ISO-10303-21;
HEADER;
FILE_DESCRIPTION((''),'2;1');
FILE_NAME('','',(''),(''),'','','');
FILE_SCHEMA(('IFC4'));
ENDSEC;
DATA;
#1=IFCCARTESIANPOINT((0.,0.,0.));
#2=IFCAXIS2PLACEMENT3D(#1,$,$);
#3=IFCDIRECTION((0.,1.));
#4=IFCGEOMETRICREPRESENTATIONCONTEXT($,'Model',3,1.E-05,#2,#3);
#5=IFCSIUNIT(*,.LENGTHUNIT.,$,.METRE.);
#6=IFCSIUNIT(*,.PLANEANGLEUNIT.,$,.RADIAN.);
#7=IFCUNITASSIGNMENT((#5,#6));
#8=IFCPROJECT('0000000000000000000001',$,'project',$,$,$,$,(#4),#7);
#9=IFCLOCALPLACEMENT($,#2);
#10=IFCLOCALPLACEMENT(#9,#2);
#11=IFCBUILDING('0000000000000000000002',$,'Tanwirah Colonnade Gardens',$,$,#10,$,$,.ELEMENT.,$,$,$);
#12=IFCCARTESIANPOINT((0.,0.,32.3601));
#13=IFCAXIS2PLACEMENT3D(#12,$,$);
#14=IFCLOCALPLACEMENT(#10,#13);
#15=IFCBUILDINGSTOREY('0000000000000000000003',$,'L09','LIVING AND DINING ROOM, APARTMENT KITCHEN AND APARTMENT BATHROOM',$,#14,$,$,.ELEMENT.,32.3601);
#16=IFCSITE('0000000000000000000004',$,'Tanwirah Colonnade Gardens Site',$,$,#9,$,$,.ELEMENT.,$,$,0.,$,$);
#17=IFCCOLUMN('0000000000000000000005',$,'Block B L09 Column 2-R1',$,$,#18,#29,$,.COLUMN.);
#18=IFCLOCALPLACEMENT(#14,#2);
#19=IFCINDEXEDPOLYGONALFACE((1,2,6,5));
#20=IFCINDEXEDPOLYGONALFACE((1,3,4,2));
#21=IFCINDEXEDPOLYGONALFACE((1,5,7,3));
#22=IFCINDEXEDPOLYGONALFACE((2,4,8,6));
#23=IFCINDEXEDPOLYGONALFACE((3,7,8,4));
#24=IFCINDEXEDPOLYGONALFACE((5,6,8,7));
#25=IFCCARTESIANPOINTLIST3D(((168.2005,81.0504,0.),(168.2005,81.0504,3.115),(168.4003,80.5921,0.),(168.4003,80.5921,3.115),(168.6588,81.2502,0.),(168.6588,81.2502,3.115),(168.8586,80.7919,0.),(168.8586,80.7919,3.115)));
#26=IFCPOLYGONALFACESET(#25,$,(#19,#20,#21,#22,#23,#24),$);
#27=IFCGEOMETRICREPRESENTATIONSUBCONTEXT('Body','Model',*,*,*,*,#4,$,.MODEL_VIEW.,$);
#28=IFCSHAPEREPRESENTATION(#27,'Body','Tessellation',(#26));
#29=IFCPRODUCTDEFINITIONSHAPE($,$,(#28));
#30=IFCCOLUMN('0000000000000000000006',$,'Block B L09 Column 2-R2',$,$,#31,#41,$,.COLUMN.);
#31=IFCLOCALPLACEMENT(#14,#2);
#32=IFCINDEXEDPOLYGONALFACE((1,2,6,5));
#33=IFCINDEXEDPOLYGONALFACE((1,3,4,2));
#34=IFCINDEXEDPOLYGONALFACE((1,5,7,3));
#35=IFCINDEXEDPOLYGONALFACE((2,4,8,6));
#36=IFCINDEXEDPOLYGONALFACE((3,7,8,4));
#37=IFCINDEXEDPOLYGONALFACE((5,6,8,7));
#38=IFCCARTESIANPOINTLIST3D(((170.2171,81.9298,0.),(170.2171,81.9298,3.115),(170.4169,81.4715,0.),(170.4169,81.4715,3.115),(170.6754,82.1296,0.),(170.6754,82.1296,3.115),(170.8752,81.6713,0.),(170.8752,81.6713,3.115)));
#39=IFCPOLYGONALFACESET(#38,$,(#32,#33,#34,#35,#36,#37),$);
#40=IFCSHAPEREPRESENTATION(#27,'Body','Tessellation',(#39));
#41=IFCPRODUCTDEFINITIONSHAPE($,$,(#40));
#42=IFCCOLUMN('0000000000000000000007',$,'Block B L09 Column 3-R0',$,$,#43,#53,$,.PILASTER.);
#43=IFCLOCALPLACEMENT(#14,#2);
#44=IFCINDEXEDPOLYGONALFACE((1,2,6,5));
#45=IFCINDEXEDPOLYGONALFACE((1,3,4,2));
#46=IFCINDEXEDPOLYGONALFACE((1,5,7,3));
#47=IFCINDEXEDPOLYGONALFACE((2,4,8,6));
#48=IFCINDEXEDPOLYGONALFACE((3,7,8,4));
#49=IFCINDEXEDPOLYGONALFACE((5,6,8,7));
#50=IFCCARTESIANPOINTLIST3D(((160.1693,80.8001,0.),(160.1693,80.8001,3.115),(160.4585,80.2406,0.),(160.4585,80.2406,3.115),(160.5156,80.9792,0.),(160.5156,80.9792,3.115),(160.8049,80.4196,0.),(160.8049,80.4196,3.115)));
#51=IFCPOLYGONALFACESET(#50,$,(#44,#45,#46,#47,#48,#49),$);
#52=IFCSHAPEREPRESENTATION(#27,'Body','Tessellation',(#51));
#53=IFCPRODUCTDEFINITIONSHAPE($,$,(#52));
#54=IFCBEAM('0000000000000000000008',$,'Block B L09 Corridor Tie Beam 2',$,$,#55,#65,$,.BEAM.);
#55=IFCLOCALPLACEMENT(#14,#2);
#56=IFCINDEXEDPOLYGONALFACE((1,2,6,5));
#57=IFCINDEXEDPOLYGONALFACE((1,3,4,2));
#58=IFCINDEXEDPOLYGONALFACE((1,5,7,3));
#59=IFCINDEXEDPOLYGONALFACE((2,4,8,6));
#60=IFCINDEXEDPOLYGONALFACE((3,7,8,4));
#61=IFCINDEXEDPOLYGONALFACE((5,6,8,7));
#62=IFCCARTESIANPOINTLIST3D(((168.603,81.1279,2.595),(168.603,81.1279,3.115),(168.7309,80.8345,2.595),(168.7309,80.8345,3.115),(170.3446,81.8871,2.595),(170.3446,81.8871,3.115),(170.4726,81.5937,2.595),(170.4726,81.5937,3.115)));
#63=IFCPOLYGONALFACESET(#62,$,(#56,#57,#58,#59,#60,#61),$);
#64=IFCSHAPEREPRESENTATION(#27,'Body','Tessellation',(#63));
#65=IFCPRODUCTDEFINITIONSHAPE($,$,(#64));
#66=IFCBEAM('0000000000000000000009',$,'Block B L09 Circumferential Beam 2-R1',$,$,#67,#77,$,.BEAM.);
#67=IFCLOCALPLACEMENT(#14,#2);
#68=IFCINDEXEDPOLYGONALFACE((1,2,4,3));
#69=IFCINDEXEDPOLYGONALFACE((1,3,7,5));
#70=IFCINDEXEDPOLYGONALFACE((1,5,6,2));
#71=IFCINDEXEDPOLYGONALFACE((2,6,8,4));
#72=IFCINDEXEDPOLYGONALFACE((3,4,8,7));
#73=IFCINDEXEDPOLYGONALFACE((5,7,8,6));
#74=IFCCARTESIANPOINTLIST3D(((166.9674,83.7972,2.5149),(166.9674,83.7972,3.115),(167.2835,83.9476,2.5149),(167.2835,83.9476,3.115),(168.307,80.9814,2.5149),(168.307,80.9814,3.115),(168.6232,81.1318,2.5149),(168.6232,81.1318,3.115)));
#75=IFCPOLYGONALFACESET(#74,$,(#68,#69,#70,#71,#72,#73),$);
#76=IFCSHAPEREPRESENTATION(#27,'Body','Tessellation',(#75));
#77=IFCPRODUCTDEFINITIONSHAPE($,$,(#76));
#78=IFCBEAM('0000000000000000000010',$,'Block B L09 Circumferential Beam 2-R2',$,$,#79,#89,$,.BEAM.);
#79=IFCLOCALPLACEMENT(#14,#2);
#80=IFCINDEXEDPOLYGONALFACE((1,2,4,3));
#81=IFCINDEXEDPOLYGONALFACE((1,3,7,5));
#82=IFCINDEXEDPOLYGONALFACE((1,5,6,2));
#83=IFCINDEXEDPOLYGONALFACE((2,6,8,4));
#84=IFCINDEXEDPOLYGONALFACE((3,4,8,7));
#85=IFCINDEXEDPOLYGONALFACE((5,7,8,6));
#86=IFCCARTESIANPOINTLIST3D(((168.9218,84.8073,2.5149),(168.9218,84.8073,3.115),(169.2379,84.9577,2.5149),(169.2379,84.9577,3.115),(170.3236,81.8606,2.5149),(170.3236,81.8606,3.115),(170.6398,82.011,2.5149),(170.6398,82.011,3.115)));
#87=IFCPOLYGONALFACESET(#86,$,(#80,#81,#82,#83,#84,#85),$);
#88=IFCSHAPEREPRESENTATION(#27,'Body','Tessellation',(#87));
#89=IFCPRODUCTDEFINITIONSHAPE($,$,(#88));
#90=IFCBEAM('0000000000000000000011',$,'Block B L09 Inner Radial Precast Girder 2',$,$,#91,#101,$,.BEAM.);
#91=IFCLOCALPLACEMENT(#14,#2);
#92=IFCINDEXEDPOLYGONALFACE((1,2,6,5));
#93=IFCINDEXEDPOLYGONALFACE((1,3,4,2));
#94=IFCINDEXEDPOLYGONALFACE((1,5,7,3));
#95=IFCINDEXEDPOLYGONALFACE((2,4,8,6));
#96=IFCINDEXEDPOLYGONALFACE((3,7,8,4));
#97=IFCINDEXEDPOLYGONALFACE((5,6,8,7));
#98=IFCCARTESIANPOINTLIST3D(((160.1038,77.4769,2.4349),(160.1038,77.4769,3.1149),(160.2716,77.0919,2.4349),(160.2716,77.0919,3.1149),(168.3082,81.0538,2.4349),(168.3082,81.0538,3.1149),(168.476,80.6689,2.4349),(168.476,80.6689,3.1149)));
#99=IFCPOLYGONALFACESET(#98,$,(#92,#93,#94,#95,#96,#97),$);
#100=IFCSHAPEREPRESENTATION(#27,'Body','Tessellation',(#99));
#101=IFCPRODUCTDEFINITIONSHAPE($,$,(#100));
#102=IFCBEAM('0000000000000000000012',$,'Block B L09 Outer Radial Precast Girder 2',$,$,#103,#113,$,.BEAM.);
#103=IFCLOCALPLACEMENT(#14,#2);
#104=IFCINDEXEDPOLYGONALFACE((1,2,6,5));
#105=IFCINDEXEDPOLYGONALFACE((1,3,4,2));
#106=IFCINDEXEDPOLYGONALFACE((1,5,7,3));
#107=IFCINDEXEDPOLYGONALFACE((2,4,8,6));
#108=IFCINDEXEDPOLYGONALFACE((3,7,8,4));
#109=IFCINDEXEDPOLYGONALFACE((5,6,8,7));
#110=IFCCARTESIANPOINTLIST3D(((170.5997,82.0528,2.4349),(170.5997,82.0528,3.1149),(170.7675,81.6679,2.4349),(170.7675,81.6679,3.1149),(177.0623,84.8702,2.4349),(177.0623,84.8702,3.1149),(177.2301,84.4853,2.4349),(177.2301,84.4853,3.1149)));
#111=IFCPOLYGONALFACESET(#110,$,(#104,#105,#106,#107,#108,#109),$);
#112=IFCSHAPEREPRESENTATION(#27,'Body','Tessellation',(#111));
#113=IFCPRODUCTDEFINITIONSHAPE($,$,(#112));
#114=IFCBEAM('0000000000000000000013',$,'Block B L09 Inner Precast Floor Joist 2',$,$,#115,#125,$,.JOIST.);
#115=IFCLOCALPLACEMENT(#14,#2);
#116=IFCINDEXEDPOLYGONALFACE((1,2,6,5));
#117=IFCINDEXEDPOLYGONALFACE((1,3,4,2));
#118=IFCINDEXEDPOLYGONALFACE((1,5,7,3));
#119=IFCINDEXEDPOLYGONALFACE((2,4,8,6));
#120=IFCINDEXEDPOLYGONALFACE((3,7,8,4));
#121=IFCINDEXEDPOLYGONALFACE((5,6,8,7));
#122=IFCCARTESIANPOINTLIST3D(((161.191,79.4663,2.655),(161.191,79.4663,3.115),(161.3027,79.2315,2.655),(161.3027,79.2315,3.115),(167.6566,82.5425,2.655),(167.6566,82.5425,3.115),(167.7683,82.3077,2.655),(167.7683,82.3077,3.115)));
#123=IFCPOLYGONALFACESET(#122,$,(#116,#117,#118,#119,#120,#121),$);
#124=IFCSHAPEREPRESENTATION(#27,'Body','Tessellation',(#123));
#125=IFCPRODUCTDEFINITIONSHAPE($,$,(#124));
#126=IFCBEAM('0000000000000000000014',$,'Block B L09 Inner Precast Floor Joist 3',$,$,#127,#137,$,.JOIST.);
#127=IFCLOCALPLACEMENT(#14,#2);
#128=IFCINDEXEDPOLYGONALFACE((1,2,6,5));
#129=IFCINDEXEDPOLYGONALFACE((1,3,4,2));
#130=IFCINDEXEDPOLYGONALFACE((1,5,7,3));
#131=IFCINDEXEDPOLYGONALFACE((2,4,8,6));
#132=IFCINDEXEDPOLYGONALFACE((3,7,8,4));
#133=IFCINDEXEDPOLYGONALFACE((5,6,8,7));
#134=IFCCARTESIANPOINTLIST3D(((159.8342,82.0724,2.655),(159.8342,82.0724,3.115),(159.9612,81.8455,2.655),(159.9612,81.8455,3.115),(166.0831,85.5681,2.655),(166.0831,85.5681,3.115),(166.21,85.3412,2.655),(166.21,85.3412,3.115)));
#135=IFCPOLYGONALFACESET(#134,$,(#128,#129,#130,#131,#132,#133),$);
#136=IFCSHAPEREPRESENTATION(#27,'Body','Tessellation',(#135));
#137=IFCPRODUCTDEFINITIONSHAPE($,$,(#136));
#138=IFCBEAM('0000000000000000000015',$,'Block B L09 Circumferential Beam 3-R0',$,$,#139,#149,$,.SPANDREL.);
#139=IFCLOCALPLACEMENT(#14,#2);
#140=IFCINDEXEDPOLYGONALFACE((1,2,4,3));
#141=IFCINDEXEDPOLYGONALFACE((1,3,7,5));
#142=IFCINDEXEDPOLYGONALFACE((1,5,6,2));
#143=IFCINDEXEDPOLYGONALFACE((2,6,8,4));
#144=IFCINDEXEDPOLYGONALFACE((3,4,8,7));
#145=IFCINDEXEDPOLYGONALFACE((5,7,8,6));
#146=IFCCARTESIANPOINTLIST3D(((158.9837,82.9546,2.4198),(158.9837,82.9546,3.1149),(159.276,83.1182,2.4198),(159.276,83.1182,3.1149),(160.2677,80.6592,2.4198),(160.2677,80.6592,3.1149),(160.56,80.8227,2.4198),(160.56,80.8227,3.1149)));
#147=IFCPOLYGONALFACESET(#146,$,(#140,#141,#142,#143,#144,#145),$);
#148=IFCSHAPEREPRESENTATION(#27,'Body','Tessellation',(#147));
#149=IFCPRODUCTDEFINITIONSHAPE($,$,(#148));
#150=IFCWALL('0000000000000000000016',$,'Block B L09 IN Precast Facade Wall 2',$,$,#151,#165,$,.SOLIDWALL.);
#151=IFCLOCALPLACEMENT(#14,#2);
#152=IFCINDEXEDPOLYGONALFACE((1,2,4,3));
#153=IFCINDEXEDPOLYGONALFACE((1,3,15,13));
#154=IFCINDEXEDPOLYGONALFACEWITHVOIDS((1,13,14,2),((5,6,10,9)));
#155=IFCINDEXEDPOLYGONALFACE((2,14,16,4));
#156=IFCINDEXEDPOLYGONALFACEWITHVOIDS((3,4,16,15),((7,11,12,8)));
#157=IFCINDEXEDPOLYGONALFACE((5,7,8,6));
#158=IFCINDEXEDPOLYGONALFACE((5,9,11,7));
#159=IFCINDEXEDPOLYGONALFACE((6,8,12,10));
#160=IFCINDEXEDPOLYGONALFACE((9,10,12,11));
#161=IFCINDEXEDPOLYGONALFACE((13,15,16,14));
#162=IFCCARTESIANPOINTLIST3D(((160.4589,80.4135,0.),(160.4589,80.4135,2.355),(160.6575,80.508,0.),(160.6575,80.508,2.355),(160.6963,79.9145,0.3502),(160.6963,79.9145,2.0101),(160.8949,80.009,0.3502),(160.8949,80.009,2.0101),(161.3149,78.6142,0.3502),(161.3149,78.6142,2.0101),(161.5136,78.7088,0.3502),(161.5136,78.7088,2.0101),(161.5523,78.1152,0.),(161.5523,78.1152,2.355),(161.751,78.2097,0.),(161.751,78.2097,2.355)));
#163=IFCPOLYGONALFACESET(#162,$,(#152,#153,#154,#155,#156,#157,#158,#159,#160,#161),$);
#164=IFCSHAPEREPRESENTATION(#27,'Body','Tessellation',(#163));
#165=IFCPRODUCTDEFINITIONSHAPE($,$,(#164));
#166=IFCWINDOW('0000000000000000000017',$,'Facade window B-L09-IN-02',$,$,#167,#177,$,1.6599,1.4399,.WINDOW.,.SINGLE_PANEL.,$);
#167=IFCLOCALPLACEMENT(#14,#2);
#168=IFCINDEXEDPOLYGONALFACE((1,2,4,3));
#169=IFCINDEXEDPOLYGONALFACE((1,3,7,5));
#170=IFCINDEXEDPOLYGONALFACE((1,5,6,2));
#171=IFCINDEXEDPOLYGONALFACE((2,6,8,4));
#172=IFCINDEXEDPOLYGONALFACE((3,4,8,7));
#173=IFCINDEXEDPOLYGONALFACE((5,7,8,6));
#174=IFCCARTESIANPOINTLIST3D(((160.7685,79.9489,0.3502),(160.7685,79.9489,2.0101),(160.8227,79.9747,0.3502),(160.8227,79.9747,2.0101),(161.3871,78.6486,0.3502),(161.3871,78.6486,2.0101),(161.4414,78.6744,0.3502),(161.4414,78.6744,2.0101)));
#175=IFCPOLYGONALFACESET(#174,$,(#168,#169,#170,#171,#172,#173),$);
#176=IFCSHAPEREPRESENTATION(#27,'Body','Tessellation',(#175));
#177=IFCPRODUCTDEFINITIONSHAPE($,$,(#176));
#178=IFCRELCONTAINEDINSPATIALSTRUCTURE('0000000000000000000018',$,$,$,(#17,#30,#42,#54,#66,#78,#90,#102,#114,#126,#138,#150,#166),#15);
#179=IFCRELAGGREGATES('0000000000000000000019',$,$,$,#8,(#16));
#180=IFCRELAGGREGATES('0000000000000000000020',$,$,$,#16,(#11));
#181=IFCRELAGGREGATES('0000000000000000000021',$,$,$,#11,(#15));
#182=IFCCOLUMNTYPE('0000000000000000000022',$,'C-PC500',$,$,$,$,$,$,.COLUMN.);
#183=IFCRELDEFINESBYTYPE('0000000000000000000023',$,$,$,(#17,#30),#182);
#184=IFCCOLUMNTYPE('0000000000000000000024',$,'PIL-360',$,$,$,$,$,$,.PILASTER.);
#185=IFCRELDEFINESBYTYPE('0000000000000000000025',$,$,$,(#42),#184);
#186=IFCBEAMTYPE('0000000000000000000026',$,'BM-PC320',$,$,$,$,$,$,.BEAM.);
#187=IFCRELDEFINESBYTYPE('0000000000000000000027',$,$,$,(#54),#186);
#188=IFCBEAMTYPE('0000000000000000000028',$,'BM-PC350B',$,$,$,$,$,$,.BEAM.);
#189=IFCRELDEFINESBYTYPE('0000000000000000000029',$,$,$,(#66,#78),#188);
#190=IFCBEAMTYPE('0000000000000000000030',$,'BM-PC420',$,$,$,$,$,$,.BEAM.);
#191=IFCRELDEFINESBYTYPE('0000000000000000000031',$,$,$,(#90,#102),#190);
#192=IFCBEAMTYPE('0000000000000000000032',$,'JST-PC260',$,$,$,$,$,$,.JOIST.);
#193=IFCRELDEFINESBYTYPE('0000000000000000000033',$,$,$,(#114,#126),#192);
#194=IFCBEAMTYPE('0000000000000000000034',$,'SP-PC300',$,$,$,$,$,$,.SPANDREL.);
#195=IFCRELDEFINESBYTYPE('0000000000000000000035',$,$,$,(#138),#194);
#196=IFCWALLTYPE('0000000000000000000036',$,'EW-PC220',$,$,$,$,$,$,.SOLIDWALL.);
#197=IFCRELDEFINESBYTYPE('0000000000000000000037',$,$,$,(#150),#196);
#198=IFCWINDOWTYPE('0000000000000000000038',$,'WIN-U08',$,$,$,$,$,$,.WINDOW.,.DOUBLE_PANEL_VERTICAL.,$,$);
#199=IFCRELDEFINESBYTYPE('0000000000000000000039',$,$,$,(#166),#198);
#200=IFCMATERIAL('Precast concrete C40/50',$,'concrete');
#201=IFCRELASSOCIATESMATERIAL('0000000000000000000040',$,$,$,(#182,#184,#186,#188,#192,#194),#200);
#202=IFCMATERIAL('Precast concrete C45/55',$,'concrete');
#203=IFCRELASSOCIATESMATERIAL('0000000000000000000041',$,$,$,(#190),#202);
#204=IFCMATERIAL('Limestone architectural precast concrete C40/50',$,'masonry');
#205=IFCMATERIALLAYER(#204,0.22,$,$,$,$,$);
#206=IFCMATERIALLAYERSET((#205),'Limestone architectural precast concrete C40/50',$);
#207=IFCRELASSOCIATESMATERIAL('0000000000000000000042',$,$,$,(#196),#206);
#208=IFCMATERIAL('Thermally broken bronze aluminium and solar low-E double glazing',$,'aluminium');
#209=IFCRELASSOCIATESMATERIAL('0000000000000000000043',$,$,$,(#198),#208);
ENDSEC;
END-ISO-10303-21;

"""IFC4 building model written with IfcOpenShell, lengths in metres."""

from ifc_helpers import new_model, si_unit, direction, frame, frame_2d, origin, origin_2d, place, context, subcontext, project, spatial, rectangle, extrude, material, layer, layer_set, material_profile, profile_set, type_object, element, fill, save


model = new_model("IFC4")

# Units and contexts
model_context = context("Model", 3, precision=1e-05, world=origin(), true_north=direction((0.0, 1.0)))
body_context = subcontext(model_context, "Body", "Model", "MODEL_VIEW")
ifc_project = project(units=[si_unit("LENGTHUNIT", "METRE"), si_unit("PLANEANGLEUNIT", "RADIAN")], contexts=[model_context])

# Site, building, storey
site_placement = place(None, origin())
site = spatial("IfcSite", under=ifc_project, at=site_placement, Name="Tanwirah Colonnade Gardens Site", CompositionType="ELEMENT", RefElevation=0.0)
building_placement = place(site_placement, origin())
building = spatial("IfcBuilding", under=site, at=building_placement, Name="Tanwirah Colonnade Gardens", CompositionType="ELEMENT")
storey_placement = place(building_placement, frame((0.0, 0.0, 32.3601)))
storey = spatial("IfcBuildingStorey", under=building, at=storey_placement, Name="L09", Description="LIVING AND DINING ROOM, APARTMENT KITCHEN AND APARTMENT BATHROOM", CompositionType="ELEMENT", Elevation=32.3601)

# Columns
ifc_material_1 = material(Name="Precast concrete C40/50", Category="concrete")
ifc_material_profile_1 = material_profile(ifc_material_1, rectangle(XDim=0.5, YDim=0.5, at=origin_2d()), Name="PC-COL 500x500")
ifc_profile_set_1 = profile_set([ifc_material_profile_1], Name="Precast concrete C40/50")
column_type_1 = type_object("IfcColumnType", Name="C-PC500", PredefinedType="COLUMN", material=ifc_profile_set_1)
for number, where, z_axis, x_axis, name in (
    (1, (168.5295, 80.9211, 0.0), (0.0, 0.0, 1.0), (0.916673, 0.399638, 0.0), "Block B L09 Column 2-R1"),
    (2, (170.5461, 81.8005, 0.0), (0.0, 0.0, 1.0), (0.916673, 0.399638, 0.0), "Block B L09 Column 2-R2"),
):
    element("IfcColumn", number, at=place(storey_placement, frame(where, z_axis=z_axis, x_axis=x_axis)), inside=storey, type_object=column_type_1, Name=name, PredefinedType="COLUMN", context=body_context, shape_type="SweptSolid", body=[
        extrude(rectangle(XDim=0.5, YDim=0.5, at=origin_2d()), origin(), (0.0, 0.0, 1.0), 3.115),
    ])
ifc_material_profile_2 = material_profile(ifc_material_1, rectangle(XDim=0.3899, YDim=0.6299, at=origin_2d()), Name="PC-PIL 390x630")
ifc_profile_set_2 = profile_set([ifc_material_profile_2], Name="Precast concrete C40/50")
column_type_2 = type_object("IfcColumnType", Name="PIL-360", PredefinedType="PILASTER", material=ifc_profile_set_2)
column_placement = place(storey_placement, frame((160.4871, 80.6099, 0.0), z_axis=(0.0, 0.0, 1.0), x_axis=(0.88835, 0.459166, 0.0)))
element("IfcColumn", 3, at=column_placement, inside=storey, type_object=column_type_2, Name="Block B L09 Column 3-R0", PredefinedType="PILASTER", context=body_context, shape_type="SweptSolid", body=[
    extrude(rectangle(XDim=0.3899, YDim=0.6299, at=origin_2d()), origin(), (0.0, 0.0, 1.0), 3.115),
])

# Beams
ifc_material_profile_3 = material_profile(ifc_material_1, rectangle(XDim=0.3201, YDim=0.52, at=origin_2d()), Name="PC-BM 320x520")
ifc_profile_set_3 = profile_set([ifc_material_profile_3], Name="Precast concrete C40/50")
beam_type_1 = type_object("IfcBeamType", Name="BM-PC320", PredefinedType="BEAM", material=ifc_profile_set_3)
beam_1_placement = place(storey_placement, frame((168.667, 80.9812, 2.855), z_axis=(0.916681, 0.399619, 0.0), x_axis=(-0.399619, 0.916681, 0.0)))
element("IfcBeam", 4, at=beam_1_placement, inside=storey, type_object=beam_type_1, Name="Block B L09 Corridor Tie Beam 2", PredefinedType="BEAM", context=body_context, shape_type="SweptSolid", body=[
    extrude(rectangle(XDim=0.3201, YDim=0.52, at=origin_2d()), origin(), (0.0, 0.0, 1.0), 1.8999),
])
ifc_material_profile_4 = material_profile(ifc_material_1, rectangle(XDim=0.3501, YDim=0.6001, at=origin_2d()), Name="PC-BM 350x600")
ifc_profile_set_4 = profile_set([ifc_material_profile_4], Name="Precast concrete C40/50")
beam_type_2 = type_object("IfcBeamType", Name="BM-PC350B", PredefinedType="BEAM", material=ifc_profile_set_4)
beam_2_placement = place(storey_placement, frame((168.4651, 81.0566, 2.8149), z_axis=(-0.429621, 0.90301, 0.0), x_axis=(-0.90301, -0.429621, 0.0)))
element("IfcBeam", 5, at=beam_2_placement, inside=storey, type_object=beam_type_2, Name="Block B L09 Circumferential Beam 2-R1", PredefinedType="BEAM", context=body_context, shape_type="SweptSolid", body=[
    extrude(rectangle(XDim=0.3501, YDim=0.6001, at=origin_2d()), origin(), (0.0, 0.0, 1.0), 3.1182),
])
beam_3_placement = place(storey_placement, frame((170.4817, 81.9358, 2.8149), z_axis=(-0.429591, 0.903024, 0.0), x_axis=(-0.903024, -0.429591, 0.0)))
element("IfcBeam", 6, at=beam_3_placement, inside=storey, type_object=beam_type_2, Name="Block B L09 Circumferential Beam 2-R2", PredefinedType="BEAM", context=body_context, shape_type="SweptSolid", body=[
    extrude(rectangle(XDim=0.3501, YDim=0.6001, at=origin_2d()), origin(), (0.0, 0.0, 1.0), 3.2632),
])
ifc_material_2 = material(Name="Precast concrete C45/55", Category="concrete")
ifc_material_profile_5 = material_profile(ifc_material_2, rectangle(XDim=0.4199, YDim=0.6799, at=origin_2d()), Name="PC-BM 420x680")
ifc_profile_set_5 = profile_set([ifc_material_profile_5], Name="Precast concrete C45/55")
beam_type_3 = type_object("IfcBeamType", Name="BM-PC420", PredefinedType="BEAM", material=ifc_profile_set_5)
beam_4_placement = place(storey_placement, frame((168.3921, 80.8613, 2.7749), z_axis=(-0.916669, -0.399647, 0.0), x_axis=(0.399647, -0.916669, 0.0)))
element("IfcBeam", 7, at=beam_4_placement, inside=storey, type_object=beam_type_3, Name="Block B L09 Inner Radial Precast Girder 2", PredefinedType="BEAM", context=body_context, shape_type="SweptSolid", body=[
    extrude(rectangle(XDim=0.4199, YDim=0.6799, at=origin_2d()), origin(), (0.0, 0.0, 1.0), 8.9502),
])
beam_5_placement = place(storey_placement, frame((170.6836, 81.8604, 2.7749), z_axis=(0.916679, 0.399625, 0.0), x_axis=(-0.399625, 0.916679, 0.0)))
element("IfcBeam", 8, at=beam_5_placement, inside=storey, type_object=beam_type_3, Name="Block B L09 Outer Radial Precast Girder 2", PredefinedType="BEAM", context=body_context, shape_type="SweptSolid", body=[
    extrude(rectangle(XDim=0.4199, YDim=0.6799, at=origin_2d()), origin(), (0.0, 0.0, 1.0), 7.05),
])
ifc_material_profile_6 = material_profile(ifc_material_1, rectangle(XDim=0.26, YDim=0.46, at=origin_2d()), Name="PC-JST 260x460")
ifc_profile_set_6 = profile_set([ifc_material_profile_6], Name="Precast concrete C40/50")
beam_type_4 = type_object("IfcBeamType", Name="JST-PC260", PredefinedType="JOIST", material=ifc_profile_set_6)
for number, where, z_axis, x_axis, name in (
    (9, (161.2468, 79.3489, 2.885), (0.903005, 0.429629, 0.0), (-0.429629, 0.903005, 0.0), "Block B L09 Inner Precast Floor Joist 2"),
    (10, (159.8977, 81.959, 2.885), (0.872727, 0.488209, 0.0), (-0.488209, 0.872727, 0.0), "Block B L09 Inner Precast Floor Joist 3"),
):
    element("IfcBeam", number, at=place(storey_placement, frame(where, z_axis=z_axis, x_axis=x_axis)), inside=storey, type_object=beam_type_4, Name=name, PredefinedType="JOIST", context=body_context, shape_type="SweptSolid", body=[
        extrude(rectangle(XDim=0.26, YDim=0.46, at=origin_2d()), origin(), (0.0, 0.0, 1.0), 7.1602),
    ])
ifc_material_profile_7 = material_profile(ifc_material_1, rectangle(XDim=0.335, YDim=0.6951, at=origin_2d()), Name="PC-SP 335x695")
ifc_profile_set_7 = profile_set([ifc_material_profile_7], Name="Precast concrete C40/50")
beam_type_5 = type_object("IfcBeamType", Name="SP-PC300", PredefinedType="SPANDREL", material=ifc_profile_set_7)
beam_6_placement = place(storey_placement, frame((160.4138, 80.741, 2.7673), z_axis=(-0.488171, 0.872748, 0.0), x_axis=(-0.872748, -0.488171, 0.0)))
element("IfcBeam", 11, at=beam_6_placement, inside=storey, type_object=beam_type_5, Name="Block B L09 Circumferential Beam 3-R0", PredefinedType="SPANDREL", context=body_context, shape_type="SweptSolid", body=[
    extrude(rectangle(XDim=0.335, YDim=0.6951, at=origin_2d()), origin(), (0.0, 0.0, 1.0), 2.6301),
])

# Wall, opening, window
ifc_material_3 = material(Name="Limestone architectural precast concrete C40/50", Category="masonry")
ifc_layer_1 = layer(ifc_material_3, 0.22)
ifc_layer_set_1 = layer_set([ifc_layer_1], Name="Limestone architectural precast concrete C40/50")
wall_type_1 = type_object("IfcWallType", Name="EW-PC220", PredefinedType="SOLIDWALL", material=ifc_layer_set_1)
wall_1_placement = place(storey_placement, frame((161.6516, 78.1626, 0.0), z_axis=(0.0, 0.0, 1.0), x_axis=(-0.429632, 0.903004, 0.0)))
wall_1 = element("IfcWall", 12, at=wall_1_placement, inside=storey, type_object=wall_type_1, Name="Block B L09 IN Precast Facade Wall 2", PredefinedType="SOLIDWALL", context=body_context, shape_type="SweptSolid", body=[
    extrude(rectangle(XDim=2.5452, YDim=0.22, at=frame_2d((1.2725, 0.0))), origin(), (0.0, 0.0, 1.0), 2.355),
])
opening_1_placement = place(wall_1_placement, frame((0.5525, 0.0, 0.3501)))
opening_1 = element("IfcOpeningElement", 13, at=opening_1_placement, cuts=wall_1, PredefinedType="OPENING", context=body_context, shape_type="SweptSolid", body=[
    extrude(rectangle(XDim=1.4399, YDim=1.6599, at=frame_2d((0.72, 0.8301))), frame((0.0, 0.1199, 0.0), z_axis=(0.0, -1.0, 0.0), x_axis=(1.0, 0.0, 0.0)), (0.0, 0.0, 1.0), 0.24),
])
ifc_material_4 = material(Name="Thermally broken bronze aluminium and solar low-E double glazing", Category="aluminium")
window_type = type_object("IfcWindowType", Name="WIN-U08", PartitioningType="DOUBLE_PANEL_VERTICAL", PredefinedType="WINDOW", material=ifc_material_4)
window_placement = place(opening_1_placement, origin())
window = element("IfcWindow", 14, at=window_placement, inside=storey, type_object=window_type, Name="Facade window B-L09-IN-02", OverallHeight=1.6599, OverallWidth=1.4399, PartitioningType="SINGLE_PANEL", PredefinedType="WINDOW", context=body_context, shape_type="SweptSolid", body=[
    extrude(rectangle(XDim=1.4399, YDim=1.6599, at=frame_2d((0.72, 0.8301))), frame((0.0, 0.03, 0.0), z_axis=(0.0, -1.0, 0.0), x_axis=(1.0, 0.0, 0.0)), (0.0, 0.0, 1.0), 0.0601),
])
fill(opening_1, window)

save(model, "model.ifc")
